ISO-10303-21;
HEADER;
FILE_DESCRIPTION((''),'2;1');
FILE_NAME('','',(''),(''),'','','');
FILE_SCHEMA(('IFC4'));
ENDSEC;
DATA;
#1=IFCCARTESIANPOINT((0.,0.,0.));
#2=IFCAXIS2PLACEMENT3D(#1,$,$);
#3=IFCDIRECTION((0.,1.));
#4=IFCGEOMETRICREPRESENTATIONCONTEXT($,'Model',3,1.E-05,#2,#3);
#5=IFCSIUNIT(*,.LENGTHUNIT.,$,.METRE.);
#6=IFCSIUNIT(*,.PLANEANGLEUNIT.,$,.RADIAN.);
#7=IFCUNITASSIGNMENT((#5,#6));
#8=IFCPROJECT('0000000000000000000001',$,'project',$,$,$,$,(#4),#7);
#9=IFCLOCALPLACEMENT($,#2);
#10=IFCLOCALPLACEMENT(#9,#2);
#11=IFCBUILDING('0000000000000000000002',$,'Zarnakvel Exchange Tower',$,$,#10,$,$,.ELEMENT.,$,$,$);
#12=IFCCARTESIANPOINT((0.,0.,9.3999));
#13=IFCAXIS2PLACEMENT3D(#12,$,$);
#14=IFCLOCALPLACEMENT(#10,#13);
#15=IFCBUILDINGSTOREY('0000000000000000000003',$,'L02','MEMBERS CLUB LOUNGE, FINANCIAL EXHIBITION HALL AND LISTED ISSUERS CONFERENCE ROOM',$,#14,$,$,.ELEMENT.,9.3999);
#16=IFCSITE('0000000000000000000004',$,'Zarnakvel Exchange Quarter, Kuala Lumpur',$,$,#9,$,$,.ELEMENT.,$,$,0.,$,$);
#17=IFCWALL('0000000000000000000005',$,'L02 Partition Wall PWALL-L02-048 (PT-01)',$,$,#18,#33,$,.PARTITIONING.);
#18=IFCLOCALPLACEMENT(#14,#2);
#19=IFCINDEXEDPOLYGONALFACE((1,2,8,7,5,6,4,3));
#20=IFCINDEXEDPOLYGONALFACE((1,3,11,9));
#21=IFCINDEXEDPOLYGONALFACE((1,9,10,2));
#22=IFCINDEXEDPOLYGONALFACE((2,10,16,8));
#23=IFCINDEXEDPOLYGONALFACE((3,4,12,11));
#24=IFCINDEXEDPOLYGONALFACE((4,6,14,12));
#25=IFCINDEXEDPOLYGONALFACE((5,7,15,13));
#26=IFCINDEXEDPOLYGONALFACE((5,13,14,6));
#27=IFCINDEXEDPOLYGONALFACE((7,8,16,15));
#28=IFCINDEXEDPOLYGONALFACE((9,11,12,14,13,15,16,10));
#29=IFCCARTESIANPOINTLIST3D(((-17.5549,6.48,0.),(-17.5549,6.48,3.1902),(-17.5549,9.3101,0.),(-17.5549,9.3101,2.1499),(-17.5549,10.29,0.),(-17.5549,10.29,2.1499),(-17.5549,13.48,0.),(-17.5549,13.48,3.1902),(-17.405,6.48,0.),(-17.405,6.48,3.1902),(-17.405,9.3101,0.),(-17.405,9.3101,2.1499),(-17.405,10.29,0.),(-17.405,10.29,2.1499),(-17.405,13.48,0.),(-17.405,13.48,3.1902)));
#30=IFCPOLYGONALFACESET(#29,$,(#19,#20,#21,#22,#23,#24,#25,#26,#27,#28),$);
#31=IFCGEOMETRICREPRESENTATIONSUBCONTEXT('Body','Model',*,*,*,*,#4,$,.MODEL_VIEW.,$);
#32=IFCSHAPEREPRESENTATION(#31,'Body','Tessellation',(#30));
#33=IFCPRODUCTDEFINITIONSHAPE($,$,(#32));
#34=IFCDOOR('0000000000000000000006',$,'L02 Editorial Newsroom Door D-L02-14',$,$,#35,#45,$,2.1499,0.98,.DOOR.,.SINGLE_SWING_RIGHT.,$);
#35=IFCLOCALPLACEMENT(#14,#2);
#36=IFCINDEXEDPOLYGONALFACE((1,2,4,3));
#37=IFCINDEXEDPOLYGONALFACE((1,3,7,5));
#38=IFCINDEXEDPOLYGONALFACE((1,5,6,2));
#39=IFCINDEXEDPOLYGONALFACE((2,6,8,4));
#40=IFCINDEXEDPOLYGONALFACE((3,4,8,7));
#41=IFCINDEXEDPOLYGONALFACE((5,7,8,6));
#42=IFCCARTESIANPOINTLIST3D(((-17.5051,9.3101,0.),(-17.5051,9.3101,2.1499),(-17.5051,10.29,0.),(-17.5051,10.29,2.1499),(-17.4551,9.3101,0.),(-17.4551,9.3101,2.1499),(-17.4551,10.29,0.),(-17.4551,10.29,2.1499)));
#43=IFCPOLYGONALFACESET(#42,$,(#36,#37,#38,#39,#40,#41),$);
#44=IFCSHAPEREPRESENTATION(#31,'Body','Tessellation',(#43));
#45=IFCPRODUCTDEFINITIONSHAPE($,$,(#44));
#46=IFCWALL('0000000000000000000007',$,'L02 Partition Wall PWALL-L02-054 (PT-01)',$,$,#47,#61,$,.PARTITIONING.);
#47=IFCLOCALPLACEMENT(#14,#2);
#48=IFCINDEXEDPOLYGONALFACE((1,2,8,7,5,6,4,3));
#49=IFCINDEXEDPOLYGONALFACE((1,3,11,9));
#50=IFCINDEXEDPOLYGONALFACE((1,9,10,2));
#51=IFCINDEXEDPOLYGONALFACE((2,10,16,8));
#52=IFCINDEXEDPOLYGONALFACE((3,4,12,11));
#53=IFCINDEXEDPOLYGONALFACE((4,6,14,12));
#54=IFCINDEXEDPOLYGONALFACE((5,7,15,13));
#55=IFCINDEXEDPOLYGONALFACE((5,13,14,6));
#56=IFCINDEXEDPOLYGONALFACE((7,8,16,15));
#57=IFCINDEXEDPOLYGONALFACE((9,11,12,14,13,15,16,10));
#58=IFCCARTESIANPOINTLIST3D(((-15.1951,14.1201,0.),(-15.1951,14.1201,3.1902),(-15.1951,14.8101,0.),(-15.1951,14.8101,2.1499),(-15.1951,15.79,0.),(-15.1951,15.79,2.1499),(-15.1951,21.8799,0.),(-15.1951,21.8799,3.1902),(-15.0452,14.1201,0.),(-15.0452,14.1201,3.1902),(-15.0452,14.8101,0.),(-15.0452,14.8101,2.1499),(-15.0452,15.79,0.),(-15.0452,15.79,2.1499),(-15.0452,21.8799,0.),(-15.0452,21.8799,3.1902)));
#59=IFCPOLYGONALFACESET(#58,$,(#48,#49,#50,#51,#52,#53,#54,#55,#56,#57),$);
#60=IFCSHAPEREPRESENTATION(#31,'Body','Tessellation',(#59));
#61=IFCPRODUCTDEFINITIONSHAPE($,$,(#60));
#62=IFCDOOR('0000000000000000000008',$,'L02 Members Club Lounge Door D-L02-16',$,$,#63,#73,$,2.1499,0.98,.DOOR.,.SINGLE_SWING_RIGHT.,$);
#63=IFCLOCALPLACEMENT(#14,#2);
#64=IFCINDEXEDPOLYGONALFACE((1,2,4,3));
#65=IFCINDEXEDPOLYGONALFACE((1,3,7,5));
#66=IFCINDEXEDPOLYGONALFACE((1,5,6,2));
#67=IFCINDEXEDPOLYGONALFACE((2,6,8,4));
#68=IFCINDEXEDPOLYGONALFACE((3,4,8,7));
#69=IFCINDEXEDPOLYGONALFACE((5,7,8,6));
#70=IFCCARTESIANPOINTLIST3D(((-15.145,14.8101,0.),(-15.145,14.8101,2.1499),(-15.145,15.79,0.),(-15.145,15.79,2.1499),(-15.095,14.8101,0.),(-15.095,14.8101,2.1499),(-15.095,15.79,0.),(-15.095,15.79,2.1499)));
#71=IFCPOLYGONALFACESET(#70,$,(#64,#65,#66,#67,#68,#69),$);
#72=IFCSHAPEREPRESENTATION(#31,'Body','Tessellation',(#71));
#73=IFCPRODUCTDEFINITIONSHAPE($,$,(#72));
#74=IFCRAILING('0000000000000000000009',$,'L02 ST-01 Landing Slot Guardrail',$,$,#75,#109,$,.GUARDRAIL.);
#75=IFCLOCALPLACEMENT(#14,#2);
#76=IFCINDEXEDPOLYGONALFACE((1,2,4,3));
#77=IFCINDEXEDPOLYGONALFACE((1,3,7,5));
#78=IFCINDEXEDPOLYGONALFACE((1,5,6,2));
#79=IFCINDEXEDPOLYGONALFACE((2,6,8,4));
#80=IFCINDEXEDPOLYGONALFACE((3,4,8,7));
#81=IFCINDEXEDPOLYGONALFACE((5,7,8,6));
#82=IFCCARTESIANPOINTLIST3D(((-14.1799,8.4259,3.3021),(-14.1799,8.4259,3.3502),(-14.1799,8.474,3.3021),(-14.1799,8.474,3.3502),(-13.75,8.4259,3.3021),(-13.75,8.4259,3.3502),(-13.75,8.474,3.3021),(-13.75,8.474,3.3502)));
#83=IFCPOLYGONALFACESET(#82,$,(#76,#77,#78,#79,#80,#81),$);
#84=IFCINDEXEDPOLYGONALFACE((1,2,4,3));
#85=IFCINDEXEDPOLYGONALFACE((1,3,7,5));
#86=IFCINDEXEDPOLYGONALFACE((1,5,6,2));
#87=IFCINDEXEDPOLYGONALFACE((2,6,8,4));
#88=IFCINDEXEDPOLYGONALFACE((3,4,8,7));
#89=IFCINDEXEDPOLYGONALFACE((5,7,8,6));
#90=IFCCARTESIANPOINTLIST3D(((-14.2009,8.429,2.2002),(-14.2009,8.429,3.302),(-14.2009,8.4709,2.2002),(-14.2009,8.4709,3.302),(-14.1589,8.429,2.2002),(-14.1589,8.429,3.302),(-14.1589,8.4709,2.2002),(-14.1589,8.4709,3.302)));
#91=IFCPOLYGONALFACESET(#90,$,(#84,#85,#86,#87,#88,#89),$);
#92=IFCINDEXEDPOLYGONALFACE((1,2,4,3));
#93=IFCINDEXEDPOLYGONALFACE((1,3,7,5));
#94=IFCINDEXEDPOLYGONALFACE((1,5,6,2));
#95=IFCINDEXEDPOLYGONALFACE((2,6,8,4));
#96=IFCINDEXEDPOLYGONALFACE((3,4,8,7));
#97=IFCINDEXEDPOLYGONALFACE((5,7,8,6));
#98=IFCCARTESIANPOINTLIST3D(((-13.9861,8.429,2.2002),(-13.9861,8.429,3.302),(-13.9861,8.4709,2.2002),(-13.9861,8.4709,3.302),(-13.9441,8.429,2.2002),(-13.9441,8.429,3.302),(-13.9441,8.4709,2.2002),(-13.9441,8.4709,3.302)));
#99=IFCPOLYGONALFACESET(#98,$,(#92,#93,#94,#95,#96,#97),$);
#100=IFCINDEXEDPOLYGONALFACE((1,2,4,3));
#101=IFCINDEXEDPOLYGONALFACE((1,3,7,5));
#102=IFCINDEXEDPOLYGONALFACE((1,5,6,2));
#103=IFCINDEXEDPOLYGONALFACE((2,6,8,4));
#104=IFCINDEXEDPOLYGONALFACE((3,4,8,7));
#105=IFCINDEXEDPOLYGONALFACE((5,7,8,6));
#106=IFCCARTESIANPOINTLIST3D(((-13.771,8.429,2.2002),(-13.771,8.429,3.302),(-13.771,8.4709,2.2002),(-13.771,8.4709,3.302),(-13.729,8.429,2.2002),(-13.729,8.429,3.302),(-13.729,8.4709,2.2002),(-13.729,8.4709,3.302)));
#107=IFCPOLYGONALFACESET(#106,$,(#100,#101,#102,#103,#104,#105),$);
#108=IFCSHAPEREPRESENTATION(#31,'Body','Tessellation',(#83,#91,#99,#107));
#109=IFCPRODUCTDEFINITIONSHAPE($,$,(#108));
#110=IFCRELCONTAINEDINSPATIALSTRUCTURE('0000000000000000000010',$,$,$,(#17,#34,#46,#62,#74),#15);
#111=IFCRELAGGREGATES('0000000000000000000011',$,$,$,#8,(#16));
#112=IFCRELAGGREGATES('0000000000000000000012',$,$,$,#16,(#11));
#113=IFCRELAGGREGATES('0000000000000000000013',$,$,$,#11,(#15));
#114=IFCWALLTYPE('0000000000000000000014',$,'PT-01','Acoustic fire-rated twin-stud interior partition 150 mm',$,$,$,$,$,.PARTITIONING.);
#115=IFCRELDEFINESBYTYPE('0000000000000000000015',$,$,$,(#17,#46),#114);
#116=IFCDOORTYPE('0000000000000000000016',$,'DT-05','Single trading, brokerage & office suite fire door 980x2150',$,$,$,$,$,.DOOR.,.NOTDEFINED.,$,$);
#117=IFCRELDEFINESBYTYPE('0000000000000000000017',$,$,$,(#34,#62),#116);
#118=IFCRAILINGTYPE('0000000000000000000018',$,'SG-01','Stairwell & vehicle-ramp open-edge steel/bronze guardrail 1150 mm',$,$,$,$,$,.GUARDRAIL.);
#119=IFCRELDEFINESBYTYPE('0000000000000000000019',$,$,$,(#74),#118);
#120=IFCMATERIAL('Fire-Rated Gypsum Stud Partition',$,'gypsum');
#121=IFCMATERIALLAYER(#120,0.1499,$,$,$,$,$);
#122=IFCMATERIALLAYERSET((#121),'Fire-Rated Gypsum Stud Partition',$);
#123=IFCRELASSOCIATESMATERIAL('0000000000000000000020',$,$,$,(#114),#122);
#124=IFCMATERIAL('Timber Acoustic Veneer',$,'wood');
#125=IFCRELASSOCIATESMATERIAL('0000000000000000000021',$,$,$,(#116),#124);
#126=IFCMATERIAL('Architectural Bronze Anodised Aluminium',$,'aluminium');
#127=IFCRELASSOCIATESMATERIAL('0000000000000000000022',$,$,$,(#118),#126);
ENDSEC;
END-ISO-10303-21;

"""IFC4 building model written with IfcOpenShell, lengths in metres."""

from ifc_helpers import new_model, si_unit, direction, frame, frame_2d, origin, origin_2d, place, context, subcontext, project, spatial, rectangle, extrude, source, transform, mapped, material, layer, layer_set, type_object, element, fill, save


model = new_model("IFC4")

# Units and contexts
model_context = context("Model", 3, precision=1e-05, world=origin(), true_north=direction((0.0, 1.0)))
body_context = subcontext(model_context, "Body", "Model", "MODEL_VIEW")
ifc_project = project(units=[si_unit("LENGTHUNIT", "METRE"), si_unit("PLANEANGLEUNIT", "RADIAN")], contexts=[model_context])

# Site, building, storey
site_placement = place(None, origin())
site = spatial("IfcSite", under=ifc_project, at=site_placement, Name="Zarnakvel Exchange Quarter, Kuala Lumpur", CompositionType="ELEMENT", RefElevation=0.0)
building_placement = place(site_placement, origin())
building = spatial("IfcBuilding", under=site, at=building_placement, Name="Zarnakvel Exchange Tower", CompositionType="ELEMENT")
storey_placement = place(building_placement, frame((0.0, 0.0, 9.3999)))
storey = spatial("IfcBuildingStorey", under=building, at=storey_placement, Name="L02", Description="MEMBERS CLUB LOUNGE, FINANCIAL EXHIBITION HALL AND LISTED ISSUERS CONFERENCE ROOM", CompositionType="ELEMENT", Elevation=9.3999)

# Shared definitions
ifc_material_1 = material(Name="Architectural Bronze Anodised Aluminium", Category="aluminium")

# Shared definitions
ifc_material_2 = material(Name="Fire-Rated Gypsum Stud Partition", Category="gypsum")
ifc_layer_1 = layer(ifc_material_2, 0.1499)
ifc_layer_set_1 = layer_set([ifc_layer_1], Name="Fire-Rated Gypsum Stud Partition")
wall_type_1 = type_object("IfcWallType", Name="PT-01", Description="Acoustic fire-rated twin-stud interior partition 150 mm", PredefinedType="PARTITIONING", material=ifc_layer_set_1)
ifc_material_3 = material(Name="Timber Acoustic Veneer", Category="wood")
door_type = type_object("IfcDoorType", Name="DT-05", Description="Single trading, brokerage & office suite fire door 980x2150", OperationType="NOTDEFINED", PredefinedType="DOOR", material=ifc_material_3)
shared_shape_1 = source(origin(), body_context, "Body", "SweptSolid", [
    extrude(rectangle(XDim=0.98, YDim=2.1499, at=frame_2d((0.49, 1.075))), frame((0.0, 0.0249, 0.0), z_axis=(0.0, -1.0, 0.0), x_axis=(1.0, 0.0, 0.0)), (0.0, 0.0, 1.0), 0.05),
])

# Walls, openings, doors
wall_1_placement = place(storey_placement, frame((-17.48, 13.48, 0.0), z_axis=(0.0, 0.0, 1.0), x_axis=(0.0, -1.0, 0.0)))
wall_1 = element("IfcWall", 1, at=wall_1_placement, inside=storey, type_object=wall_type_1, Name="L02 Partition Wall PWALL-L02-048 (PT-01)", PredefinedType="PARTITIONING", context=body_context, shape_type="SweptSolid", body=[
    extrude(rectangle(XDim=7.0, YDim=0.1499, at=frame_2d((3.5, 0.0))), origin(), (0.0, 0.0, 1.0), 3.1902),
])
opening_1_placement = place(wall_1_placement, frame((3.1899, 0.0, 0.0)))
opening_1 = element("IfcOpeningElement", 2, at=opening_1_placement, cuts=wall_1, PredefinedType="OPENING", context=body_context, shape_type="SweptSolid", body=[
    extrude(rectangle(XDim=0.98, YDim=2.1499, at=frame_2d((0.49, 1.075))), frame((0.0, 0.085, 0.0), z_axis=(0.0, -1.0, 0.0), x_axis=(1.0, 0.0, 0.0)), (0.0, 0.0, 1.0), 0.1699),
])
door_1_placement = place(opening_1_placement, origin())
door_1 = element("IfcDoor", 3, at=door_1_placement, inside=storey, type_object=door_type, Name="L02 Editorial Newsroom Door D-L02-14", OperationType="SINGLE_SWING_RIGHT", OverallHeight=2.1499, OverallWidth=0.98, PredefinedType="DOOR", context=body_context, shape_type="MappedRepresentation", body=[
    mapped(shared_shape_1, transform((0.0, 0.0, 0.0), x_axis=(1.0, 0.0, 0.0), y_axis=(0.0, 1.0, 0.0), z_axis=(0.0, 0.0, 1.0), scale=1.0)),
])
fill(opening_1, door_1)
wall_2_placement = place(storey_placement, frame((-15.1201, 14.1201, 0.0), z_axis=(0.0, 0.0, 1.0), x_axis=(0.0, 1.0, 0.0)))
wall_2 = element("IfcWall", 4, at=wall_2_placement, inside=storey, type_object=wall_type_1, Name="L02 Partition Wall PWALL-L02-054 (PT-01)", PredefinedType="PARTITIONING", context=body_context, shape_type="SweptSolid", body=[
    extrude(rectangle(XDim=7.7598, YDim=0.1499, at=frame_2d((3.8799, 0.0))), origin(), (0.0, 0.0, 1.0), 3.1902),
])
opening_2_placement = place(wall_2_placement, frame((0.6899, 0.0, 0.0)))
opening_2 = element("IfcOpeningElement", 5, at=opening_2_placement, cuts=wall_2, PredefinedType="OPENING", context=body_context, shape_type="SweptSolid", body=[
    extrude(rectangle(XDim=0.98, YDim=2.1499, at=frame_2d((0.49, 1.075))), frame((0.0, 0.085, 0.0), z_axis=(0.0, -1.0, 0.0), x_axis=(1.0, 0.0, 0.0)), (0.0, 0.0, 1.0), 0.1699),
])
door_2_placement = place(opening_2_placement, origin())
door_2 = element("IfcDoor", 6, at=door_2_placement, inside=storey, type_object=door_type, Name="L02 Members Club Lounge Door D-L02-16", OperationType="SINGLE_SWING_RIGHT", OverallHeight=2.1499, OverallWidth=0.98, PredefinedType="DOOR", context=body_context, shape_type="MappedRepresentation", body=[
    mapped(shared_shape_1, transform((0.0, 0.0, 0.0), x_axis=(1.0, 0.0, 0.0), y_axis=(0.0, 1.0, 0.0), z_axis=(0.0, 0.0, 1.0), scale=1.0)),
])
fill(opening_2, door_2)

# Railing
railing_type = type_object("IfcRailingType", Name="SG-01", Description="Stairwell & vehicle-ramp open-edge steel/bronze guardrail 1150 mm", PredefinedType="GUARDRAIL", material=ifc_material_1)
railing_placement = place(storey_placement, frame((-14.1799, 8.45, 2.2002)))
element("IfcRailing", 7, at=railing_placement, inside=storey, type_object=railing_type, Name="L02 ST-01 Landing Slot Guardrail", PredefinedType="GUARDRAIL", context=body_context, shape_type="SweptSolid", body=[
    extrude(rectangle(XDim=0.0481, YDim=0.0481, at=origin_2d()), frame((0.0, 0.0, 1.126), z_axis=(1.0, 0.0, 0.0), x_axis=(0.0, 1.0, 0.0)), (0.0, 0.0, 1.0), 0.4299),
    extrude(rectangle(XDim=0.042, YDim=0.042, at=origin_2d()), origin(), (0.0, 0.0, 1.0), 1.1018),
    extrude(rectangle(XDim=0.042, YDim=0.042, at=origin_2d()), frame((0.2148, 0.0, 0.0)), (0.0, 0.0, 1.0), 1.1018),
    extrude(rectangle(XDim=0.042, YDim=0.042, at=origin_2d()), frame((0.4299, 0.0, 0.0)), (0.0, 0.0, 1.0), 1.1018),
])

save(model, "model.ifc")
